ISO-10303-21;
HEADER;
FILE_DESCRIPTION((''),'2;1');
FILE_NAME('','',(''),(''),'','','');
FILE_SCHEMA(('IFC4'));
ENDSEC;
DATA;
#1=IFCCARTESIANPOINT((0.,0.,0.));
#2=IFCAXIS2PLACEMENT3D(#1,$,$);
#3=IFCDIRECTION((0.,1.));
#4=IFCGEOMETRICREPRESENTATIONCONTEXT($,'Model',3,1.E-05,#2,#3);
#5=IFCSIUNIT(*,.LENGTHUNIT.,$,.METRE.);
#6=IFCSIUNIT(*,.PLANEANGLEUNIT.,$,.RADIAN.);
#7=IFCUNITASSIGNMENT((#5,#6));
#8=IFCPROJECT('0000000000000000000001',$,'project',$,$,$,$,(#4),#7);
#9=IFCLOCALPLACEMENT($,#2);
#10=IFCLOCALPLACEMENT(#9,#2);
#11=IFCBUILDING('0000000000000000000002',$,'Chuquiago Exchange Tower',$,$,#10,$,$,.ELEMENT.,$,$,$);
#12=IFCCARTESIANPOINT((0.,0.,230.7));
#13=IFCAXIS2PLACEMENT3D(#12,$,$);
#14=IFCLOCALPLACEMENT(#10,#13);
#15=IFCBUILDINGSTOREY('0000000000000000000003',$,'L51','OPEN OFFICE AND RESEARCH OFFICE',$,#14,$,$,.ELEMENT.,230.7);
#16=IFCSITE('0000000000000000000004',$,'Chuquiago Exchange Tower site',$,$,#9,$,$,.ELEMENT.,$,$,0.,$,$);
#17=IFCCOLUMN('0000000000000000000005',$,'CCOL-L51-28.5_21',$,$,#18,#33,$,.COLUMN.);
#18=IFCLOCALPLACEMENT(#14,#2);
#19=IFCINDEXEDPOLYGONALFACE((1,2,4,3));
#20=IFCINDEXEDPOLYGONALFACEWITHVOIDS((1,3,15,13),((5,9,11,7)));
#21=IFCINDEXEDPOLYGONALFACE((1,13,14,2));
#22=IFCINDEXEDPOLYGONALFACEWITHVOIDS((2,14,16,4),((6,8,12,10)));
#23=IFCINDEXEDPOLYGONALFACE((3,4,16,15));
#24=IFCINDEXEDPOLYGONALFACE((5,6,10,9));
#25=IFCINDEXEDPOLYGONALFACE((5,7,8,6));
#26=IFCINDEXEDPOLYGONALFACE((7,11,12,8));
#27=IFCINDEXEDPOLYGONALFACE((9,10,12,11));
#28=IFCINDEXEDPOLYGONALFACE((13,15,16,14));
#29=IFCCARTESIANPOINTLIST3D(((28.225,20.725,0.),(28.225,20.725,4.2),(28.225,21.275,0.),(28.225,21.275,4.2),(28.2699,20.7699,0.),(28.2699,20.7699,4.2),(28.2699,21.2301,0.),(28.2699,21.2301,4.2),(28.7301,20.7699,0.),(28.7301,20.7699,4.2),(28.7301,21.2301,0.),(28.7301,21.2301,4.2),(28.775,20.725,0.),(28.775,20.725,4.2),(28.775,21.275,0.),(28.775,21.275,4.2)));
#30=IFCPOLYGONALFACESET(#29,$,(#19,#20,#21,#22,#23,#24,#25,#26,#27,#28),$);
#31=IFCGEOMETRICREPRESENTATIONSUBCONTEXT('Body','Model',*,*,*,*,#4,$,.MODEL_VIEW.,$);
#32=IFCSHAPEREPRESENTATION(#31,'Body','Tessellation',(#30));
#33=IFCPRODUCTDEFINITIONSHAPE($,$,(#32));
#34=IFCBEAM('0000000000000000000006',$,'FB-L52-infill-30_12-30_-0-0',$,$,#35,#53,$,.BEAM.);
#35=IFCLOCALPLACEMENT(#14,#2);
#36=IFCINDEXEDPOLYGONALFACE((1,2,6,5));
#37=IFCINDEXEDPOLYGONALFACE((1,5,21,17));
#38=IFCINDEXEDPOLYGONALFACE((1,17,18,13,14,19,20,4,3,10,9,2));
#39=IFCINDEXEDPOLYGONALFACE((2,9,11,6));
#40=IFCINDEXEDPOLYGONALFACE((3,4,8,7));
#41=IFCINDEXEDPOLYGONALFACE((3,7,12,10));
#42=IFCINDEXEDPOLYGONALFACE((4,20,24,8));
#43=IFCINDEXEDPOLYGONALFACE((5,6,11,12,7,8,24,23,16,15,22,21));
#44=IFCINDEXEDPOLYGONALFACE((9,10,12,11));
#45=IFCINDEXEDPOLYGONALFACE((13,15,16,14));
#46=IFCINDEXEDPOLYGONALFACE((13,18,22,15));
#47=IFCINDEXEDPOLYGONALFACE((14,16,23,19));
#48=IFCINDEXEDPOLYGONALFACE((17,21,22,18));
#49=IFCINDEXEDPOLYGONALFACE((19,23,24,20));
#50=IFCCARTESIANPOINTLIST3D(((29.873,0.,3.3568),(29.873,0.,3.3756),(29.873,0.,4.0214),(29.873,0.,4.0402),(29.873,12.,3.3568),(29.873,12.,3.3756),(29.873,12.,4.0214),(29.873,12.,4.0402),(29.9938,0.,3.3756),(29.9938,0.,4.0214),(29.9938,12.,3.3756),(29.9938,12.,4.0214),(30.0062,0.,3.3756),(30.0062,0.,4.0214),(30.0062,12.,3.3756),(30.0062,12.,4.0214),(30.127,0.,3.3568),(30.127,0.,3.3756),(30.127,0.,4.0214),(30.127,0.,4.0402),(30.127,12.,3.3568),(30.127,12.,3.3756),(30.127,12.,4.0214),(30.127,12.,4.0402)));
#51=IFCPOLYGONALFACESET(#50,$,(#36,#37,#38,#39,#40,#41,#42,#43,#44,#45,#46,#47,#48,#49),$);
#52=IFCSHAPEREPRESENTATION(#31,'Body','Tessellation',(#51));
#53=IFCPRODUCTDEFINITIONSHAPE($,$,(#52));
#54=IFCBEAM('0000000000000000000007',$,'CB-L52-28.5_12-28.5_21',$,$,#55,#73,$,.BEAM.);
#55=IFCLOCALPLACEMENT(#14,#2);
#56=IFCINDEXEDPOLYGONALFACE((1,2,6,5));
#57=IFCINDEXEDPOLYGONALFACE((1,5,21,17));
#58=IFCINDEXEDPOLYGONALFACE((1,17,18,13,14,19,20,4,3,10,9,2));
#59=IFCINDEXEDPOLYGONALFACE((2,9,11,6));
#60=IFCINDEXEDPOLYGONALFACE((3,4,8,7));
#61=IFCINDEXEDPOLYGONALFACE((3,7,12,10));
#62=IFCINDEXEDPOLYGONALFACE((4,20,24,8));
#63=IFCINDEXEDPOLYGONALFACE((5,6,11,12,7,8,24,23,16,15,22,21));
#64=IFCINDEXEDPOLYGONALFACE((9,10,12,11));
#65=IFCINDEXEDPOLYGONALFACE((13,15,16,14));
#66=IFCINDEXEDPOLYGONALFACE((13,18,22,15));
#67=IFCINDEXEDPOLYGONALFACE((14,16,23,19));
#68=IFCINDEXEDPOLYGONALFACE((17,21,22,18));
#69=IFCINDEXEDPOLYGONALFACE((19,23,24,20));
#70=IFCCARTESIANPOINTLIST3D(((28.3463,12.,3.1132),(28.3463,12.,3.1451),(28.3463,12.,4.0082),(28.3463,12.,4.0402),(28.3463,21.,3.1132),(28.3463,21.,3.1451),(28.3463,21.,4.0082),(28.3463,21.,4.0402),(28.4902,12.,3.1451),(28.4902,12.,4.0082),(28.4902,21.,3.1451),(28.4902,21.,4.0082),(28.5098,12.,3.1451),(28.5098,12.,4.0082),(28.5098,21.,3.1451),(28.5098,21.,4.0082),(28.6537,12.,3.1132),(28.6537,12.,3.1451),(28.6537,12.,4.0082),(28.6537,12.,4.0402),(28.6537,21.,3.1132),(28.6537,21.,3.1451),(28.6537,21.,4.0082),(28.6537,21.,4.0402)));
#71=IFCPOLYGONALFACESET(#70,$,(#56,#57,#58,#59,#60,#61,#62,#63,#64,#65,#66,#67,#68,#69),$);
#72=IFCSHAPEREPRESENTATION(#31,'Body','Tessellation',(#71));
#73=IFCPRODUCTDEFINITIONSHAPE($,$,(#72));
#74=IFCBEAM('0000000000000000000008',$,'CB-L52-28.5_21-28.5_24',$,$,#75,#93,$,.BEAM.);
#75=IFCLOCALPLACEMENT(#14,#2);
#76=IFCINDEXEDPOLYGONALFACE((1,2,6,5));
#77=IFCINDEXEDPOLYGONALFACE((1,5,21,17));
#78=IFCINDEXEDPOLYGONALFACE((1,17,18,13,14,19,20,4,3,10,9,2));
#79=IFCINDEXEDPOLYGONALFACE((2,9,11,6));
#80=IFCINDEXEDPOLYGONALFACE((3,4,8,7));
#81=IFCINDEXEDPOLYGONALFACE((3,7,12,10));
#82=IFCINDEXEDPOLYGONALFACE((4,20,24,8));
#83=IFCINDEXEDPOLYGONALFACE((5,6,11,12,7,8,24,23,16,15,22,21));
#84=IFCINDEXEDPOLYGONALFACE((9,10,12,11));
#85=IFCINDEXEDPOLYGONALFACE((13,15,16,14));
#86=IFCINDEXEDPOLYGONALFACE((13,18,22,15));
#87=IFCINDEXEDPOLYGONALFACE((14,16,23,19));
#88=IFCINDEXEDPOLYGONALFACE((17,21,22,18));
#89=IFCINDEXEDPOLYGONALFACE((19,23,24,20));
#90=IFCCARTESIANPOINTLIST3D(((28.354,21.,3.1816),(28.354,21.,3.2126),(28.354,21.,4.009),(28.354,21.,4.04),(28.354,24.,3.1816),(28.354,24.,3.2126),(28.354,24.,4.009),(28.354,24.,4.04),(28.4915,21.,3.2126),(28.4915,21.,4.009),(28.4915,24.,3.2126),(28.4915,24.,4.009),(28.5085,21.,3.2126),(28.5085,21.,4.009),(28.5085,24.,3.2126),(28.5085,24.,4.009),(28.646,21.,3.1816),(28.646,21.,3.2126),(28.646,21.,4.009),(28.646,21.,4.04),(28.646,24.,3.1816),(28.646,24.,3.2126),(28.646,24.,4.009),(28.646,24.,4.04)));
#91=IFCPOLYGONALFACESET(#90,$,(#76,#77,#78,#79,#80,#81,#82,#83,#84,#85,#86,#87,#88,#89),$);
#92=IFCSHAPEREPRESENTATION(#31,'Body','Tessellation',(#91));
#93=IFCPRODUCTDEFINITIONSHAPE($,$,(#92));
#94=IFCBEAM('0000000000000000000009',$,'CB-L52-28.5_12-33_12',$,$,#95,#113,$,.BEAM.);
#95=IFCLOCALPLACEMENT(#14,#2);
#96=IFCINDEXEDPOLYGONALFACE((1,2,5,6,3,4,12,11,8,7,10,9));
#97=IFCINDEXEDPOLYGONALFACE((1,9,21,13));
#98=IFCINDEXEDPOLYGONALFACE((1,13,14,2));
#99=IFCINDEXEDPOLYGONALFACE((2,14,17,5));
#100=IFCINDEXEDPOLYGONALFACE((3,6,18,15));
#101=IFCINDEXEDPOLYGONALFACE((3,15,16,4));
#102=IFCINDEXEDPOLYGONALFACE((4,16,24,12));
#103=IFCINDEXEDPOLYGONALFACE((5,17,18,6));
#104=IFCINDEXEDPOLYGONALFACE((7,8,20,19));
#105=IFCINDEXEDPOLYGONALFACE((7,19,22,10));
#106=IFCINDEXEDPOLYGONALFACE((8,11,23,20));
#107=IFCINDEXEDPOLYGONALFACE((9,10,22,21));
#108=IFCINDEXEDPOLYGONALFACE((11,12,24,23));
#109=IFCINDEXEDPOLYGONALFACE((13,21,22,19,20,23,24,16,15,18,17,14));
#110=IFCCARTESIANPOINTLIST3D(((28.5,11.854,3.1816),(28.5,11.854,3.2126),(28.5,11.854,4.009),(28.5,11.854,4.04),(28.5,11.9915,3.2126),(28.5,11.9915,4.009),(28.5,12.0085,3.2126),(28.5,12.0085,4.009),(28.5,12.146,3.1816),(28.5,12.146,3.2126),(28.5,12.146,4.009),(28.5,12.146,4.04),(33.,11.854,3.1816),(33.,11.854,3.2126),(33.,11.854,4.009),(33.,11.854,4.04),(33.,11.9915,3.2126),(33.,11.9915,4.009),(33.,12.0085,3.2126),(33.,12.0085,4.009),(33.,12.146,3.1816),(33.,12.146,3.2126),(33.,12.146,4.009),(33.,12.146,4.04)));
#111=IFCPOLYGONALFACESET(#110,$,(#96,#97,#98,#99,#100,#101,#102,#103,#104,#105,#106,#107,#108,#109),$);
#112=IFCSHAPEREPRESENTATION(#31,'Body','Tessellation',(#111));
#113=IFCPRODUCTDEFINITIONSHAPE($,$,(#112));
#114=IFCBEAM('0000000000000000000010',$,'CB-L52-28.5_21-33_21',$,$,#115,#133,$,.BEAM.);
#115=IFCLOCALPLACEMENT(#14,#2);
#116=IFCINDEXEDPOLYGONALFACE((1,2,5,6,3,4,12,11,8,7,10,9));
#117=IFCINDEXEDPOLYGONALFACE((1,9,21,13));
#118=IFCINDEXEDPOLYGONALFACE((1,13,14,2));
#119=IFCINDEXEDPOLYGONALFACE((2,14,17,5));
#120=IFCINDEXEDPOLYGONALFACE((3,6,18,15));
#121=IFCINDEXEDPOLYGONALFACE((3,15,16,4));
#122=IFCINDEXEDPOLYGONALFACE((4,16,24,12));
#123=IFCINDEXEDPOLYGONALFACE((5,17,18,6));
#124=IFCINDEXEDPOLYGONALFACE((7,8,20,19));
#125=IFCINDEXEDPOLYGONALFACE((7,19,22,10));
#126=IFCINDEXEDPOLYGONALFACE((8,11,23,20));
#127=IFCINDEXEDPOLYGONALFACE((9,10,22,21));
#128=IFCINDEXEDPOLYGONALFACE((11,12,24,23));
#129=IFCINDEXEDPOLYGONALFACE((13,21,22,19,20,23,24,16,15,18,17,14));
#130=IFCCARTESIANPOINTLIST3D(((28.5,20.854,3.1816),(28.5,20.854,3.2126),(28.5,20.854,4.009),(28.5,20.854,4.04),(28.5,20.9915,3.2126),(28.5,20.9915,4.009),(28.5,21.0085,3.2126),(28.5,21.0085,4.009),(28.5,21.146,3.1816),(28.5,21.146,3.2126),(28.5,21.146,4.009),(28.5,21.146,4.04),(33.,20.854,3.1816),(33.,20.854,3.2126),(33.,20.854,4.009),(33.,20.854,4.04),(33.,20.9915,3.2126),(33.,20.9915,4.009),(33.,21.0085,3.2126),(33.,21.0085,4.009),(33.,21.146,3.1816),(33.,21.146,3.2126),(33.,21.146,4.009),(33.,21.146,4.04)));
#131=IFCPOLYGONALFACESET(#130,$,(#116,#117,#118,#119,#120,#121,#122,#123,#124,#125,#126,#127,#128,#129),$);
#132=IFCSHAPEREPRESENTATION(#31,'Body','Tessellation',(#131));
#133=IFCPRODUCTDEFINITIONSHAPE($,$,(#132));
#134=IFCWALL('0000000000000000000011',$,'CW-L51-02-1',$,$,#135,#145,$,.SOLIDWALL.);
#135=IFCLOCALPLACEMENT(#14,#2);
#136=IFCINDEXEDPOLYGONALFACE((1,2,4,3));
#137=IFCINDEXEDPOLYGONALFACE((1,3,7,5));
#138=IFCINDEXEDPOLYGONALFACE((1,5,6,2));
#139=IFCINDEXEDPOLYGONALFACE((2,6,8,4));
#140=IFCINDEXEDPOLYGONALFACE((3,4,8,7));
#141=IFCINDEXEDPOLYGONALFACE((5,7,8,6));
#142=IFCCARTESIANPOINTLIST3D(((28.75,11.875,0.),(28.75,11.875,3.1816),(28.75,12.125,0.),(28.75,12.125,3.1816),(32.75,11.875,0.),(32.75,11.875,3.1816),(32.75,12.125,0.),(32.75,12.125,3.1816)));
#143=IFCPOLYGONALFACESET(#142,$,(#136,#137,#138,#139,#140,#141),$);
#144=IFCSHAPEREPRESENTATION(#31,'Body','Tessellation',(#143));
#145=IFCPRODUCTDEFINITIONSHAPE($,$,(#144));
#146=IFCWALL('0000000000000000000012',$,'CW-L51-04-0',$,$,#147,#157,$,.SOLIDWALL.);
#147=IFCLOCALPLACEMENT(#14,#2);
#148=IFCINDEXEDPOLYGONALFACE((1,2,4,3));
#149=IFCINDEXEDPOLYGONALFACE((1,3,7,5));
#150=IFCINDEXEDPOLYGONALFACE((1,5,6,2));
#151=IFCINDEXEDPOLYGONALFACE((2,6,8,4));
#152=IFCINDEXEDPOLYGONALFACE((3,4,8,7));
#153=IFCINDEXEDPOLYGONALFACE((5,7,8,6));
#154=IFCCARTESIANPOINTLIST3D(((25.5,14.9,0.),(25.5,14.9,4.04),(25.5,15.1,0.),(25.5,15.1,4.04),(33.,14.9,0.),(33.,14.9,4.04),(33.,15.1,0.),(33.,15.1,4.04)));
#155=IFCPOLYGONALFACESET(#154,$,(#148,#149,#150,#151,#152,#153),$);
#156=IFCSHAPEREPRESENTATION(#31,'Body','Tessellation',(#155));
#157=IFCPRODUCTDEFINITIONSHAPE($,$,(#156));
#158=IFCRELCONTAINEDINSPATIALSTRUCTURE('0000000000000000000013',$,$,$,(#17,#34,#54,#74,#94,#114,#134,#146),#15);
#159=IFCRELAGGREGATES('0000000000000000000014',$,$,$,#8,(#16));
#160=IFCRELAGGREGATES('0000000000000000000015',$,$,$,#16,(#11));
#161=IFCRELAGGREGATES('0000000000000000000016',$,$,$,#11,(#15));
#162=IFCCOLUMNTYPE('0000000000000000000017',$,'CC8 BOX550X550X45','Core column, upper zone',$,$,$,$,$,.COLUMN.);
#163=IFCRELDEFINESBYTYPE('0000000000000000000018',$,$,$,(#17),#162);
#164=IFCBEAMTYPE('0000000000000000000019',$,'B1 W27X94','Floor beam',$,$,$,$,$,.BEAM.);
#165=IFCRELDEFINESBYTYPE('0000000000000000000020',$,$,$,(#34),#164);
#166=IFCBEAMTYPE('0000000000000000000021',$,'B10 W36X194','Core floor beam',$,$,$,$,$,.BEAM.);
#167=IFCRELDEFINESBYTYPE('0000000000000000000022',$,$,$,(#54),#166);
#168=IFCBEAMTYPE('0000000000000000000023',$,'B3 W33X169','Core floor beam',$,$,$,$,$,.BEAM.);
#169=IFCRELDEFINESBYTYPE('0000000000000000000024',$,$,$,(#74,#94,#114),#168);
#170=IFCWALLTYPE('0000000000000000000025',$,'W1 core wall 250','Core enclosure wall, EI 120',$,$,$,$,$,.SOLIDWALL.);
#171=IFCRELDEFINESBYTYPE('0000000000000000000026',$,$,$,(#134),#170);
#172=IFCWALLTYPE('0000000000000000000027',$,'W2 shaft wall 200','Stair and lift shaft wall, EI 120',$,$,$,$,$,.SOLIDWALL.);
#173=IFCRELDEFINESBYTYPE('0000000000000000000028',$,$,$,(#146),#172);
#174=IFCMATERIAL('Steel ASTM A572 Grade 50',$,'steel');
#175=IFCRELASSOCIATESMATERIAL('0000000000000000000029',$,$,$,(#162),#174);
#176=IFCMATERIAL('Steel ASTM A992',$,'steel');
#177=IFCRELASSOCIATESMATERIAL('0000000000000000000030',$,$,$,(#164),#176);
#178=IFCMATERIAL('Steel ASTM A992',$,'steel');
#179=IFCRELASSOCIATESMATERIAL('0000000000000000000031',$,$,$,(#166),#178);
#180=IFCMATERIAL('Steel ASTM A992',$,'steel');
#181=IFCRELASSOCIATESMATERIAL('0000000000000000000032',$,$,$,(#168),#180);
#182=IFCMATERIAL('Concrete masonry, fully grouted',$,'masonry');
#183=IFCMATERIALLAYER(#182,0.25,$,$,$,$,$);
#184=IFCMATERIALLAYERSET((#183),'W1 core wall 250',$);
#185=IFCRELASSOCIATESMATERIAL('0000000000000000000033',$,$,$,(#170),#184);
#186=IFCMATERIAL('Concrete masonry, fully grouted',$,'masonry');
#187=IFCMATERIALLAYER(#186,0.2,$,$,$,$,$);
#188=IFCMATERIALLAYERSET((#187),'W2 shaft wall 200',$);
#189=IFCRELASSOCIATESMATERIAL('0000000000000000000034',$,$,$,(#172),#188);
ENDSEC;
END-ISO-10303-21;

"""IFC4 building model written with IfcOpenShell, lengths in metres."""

from ifc_helpers import new_model, si_unit, direction, frame, frame_2d, origin, origin_2d, place, context, subcontext, project, spatial, rectangle, hollow_rectangle, i_section, extrude, material, layer, layer_set, material_profile, profile_set, type_object, element, save


model = new_model("IFC4")

# Units and contexts
model_context = context("Model", 3, precision=1e-05, world=origin(), true_north=direction((0.0, 1.0)))
body_context = subcontext(model_context, "Body", "Model", "MODEL_VIEW")
ifc_project = project(units=[si_unit("LENGTHUNIT", "METRE"), si_unit("PLANEANGLEUNIT", "RADIAN")], contexts=[model_context])

# Site, building, storey
site_placement = place(None, origin())
site = spatial("IfcSite", under=ifc_project, at=site_placement, Name="Chuquiago Exchange Tower site", CompositionType="ELEMENT", RefElevation=0.0)
building_placement = place(site_placement, origin())
building = spatial("IfcBuilding", under=site, at=building_placement, Name="Chuquiago Exchange Tower", CompositionType="ELEMENT")
storey_placement = place(building_placement, frame((0.0, 0.0, 230.7)))
storey = spatial("IfcBuildingStorey", under=building, at=storey_placement, Name="L51", Description="OPEN OFFICE AND RESEARCH OFFICE", CompositionType="ELEMENT", Elevation=230.7)

# Column
ifc_material_1 = material(Name="Steel ASTM A572 Grade 50", Category="steel")
ifc_material_profile_1 = material_profile(ifc_material_1, hollow_rectangle(XDim=0.55, YDim=0.55, WallThickness=0.0449, at=origin_2d()), Name="BOX550X550X45")
ifc_profile_set_1 = profile_set([ifc_material_profile_1], Name="Steel ASTM A572 Grade 50")
column_type = type_object("IfcColumnType", Name="CC8 BOX550X550X45", Description="Core column, upper zone", PredefinedType="COLUMN", material=ifc_profile_set_1)
column_placement = place(storey_placement, frame((28.5, 21.0, 0.0), z_axis=(0.0, 0.0, 1.0), x_axis=(1.0, 0.0, 0.0)))
element("IfcColumn", 1, at=column_placement, inside=storey, type_object=column_type, Name="CCOL-L51-28.5_21", PredefinedType="COLUMN", context=body_context, shape_type="SweptSolid", body=[
    extrude(hollow_rectangle(XDim=0.55, YDim=0.55, WallThickness=0.0449, at=origin_2d()), origin(), (0.0, 0.0, 1.0), 4.2),
])

# Beams
ifc_material_2 = material(Name="Steel ASTM A992", Category="steel")
ifc_material_profile_2 = material_profile(ifc_material_2, i_section(OverallWidth=0.2539, OverallDepth=0.6833, WebThickness=0.0125, FlangeThickness=0.0188, at=origin_2d()), Name="W27X94")
ifc_profile_set_2 = profile_set([ifc_material_profile_2], Name="Steel ASTM A992")
beam_type_1 = type_object("IfcBeamType", Name="B1 W27X94", Description="Floor beam", PredefinedType="BEAM", material=ifc_profile_set_2)
beam_1_placement = place(storey_placement, frame((30.0, 12.0, 3.6985), z_axis=(0.0, -1.0, 0.0), x_axis=(1.0, 0.0, 0.0)))
element("IfcBeam", 2, at=beam_1_placement, inside=storey, type_object=beam_type_1, Name="FB-L52-infill-30_12-30_-0-0", PredefinedType="BEAM", context=body_context, shape_type="SweptSolid", body=[
    extrude(i_section(OverallWidth=0.2539, OverallDepth=0.6833, WebThickness=0.0125, FlangeThickness=0.0188, at=origin_2d()), origin(), (0.0, 0.0, 1.0), 12.0),
])
ifc_material_3 = material(Name="Steel ASTM A992", Category="steel")
ifc_material_profile_3 = material_profile(ifc_material_3, i_section(OverallWidth=0.3074, OverallDepth=0.927, WebThickness=0.0195, FlangeThickness=0.032, at=origin_2d()), Name="W36X194")
ifc_profile_set_3 = profile_set([ifc_material_profile_3], Name="Steel ASTM A992")
beam_type_2 = type_object("IfcBeamType", Name="B10 W36X194", Description="Core floor beam", PredefinedType="BEAM", material=ifc_profile_set_3)
beam_2_placement = place(storey_placement, frame((28.5, 12.0, 3.5767), z_axis=(0.0, 1.0, 0.0), x_axis=(-1.0, 0.0, 0.0)))
element("IfcBeam", 3, at=beam_2_placement, inside=storey, type_object=beam_type_2, Name="CB-L52-28.5_12-28.5_21", PredefinedType="BEAM", context=body_context, shape_type="SweptSolid", body=[
    extrude(i_section(OverallWidth=0.3074, OverallDepth=0.927, WebThickness=0.0195, FlangeThickness=0.032, at=origin_2d()), origin(), (0.0, 0.0, 1.0), 9.0),
])
ifc_material_4 = material(Name="Steel ASTM A992", Category="steel")
ifc_material_profile_4 = material_profile(ifc_material_4, i_section(OverallWidth=0.292, OverallDepth=0.8584, WebThickness=0.0171, FlangeThickness=0.031, at=origin_2d()), Name="W33X169")
ifc_profile_set_4 = profile_set([ifc_material_profile_4], Name="Steel ASTM A992")
beam_type_3 = type_object("IfcBeamType", Name="B3 W33X169", Description="Core floor beam", PredefinedType="BEAM", material=ifc_profile_set_4)
beam_3_placement = place(storey_placement, frame((28.5, 21.0, 3.6108), z_axis=(0.0, 1.0, 0.0), x_axis=(-1.0, 0.0, 0.0)))
element("IfcBeam", 4, at=beam_3_placement, inside=storey, type_object=beam_type_3, Name="CB-L52-28.5_21-28.5_24", PredefinedType="BEAM", context=body_context, shape_type="SweptSolid", body=[
    extrude(i_section(OverallWidth=0.292, OverallDepth=0.8584, WebThickness=0.0171, FlangeThickness=0.031, at=origin_2d()), origin(), (0.0, 0.0, 1.0), 3.0),
])
for number, where, z_axis, x_axis, name in (
    (5, (28.5, 12.0, 3.6108), (1.0, 0.0, 0.0), (0.0, 1.0, 0.0), "CB-L52-28.5_12-33_12"),
    (6, (28.5, 21.0, 3.6108), (1.0, 0.0, 0.0), (0.0, 1.0, 0.0), "CB-L52-28.5_21-33_21"),
):
    element("IfcBeam", number, at=place(storey_placement, frame(where, z_axis=z_axis, x_axis=x_axis)), inside=storey, type_object=beam_type_3, Name=name, PredefinedType="BEAM", context=body_context, shape_type="SweptSolid", body=[
        extrude(i_section(OverallWidth=0.292, OverallDepth=0.8584, WebThickness=0.0171, FlangeThickness=0.031, at=origin_2d()), origin(), (0.0, 0.0, 1.0), 4.5),
    ])

# Walls
ifc_material_5 = material(Name="Concrete masonry, fully grouted", Category="masonry")
ifc_layer_1 = layer(ifc_material_5, 0.25)
ifc_layer_set_1 = layer_set([ifc_layer_1], Name="W1 core wall 250")
wall_type_1 = type_object("IfcWallType", Name="W1 core wall 250", Description="Core enclosure wall, EI 120", PredefinedType="SOLIDWALL", material=ifc_layer_set_1)
wall_1_placement = place(storey_placement, frame((28.75, 12.0, 0.0), z_axis=(0.0, 0.0, 1.0), x_axis=(1.0, 0.0, 0.0)))
element("IfcWall", 7, at=wall_1_placement, inside=storey, type_object=wall_type_1, Name="CW-L51-02-1", PredefinedType="SOLIDWALL", context=body_context, shape_type="SweptSolid", body=[
    extrude(rectangle(XDim=4.0, YDim=0.25, at=frame_2d((2.0, 0.0))), origin(), (0.0, 0.0, 1.0), 3.1816),
])
ifc_material_6 = material(Name="Concrete masonry, fully grouted", Category="masonry")
ifc_layer_2 = layer(ifc_material_6, 0.2)
ifc_layer_set_2 = layer_set([ifc_layer_2], Name="W2 shaft wall 200")
wall_type_2 = type_object("IfcWallType", Name="W2 shaft wall 200", Description="Stair and lift shaft wall, EI 120", PredefinedType="SOLIDWALL", material=ifc_layer_set_2)
wall_2_placement = place(storey_placement, frame((25.5, 15.0, 0.0), z_axis=(0.0, 0.0, 1.0), x_axis=(1.0, 0.0, 0.0)))
element("IfcWall", 8, at=wall_2_placement, inside=storey, type_object=wall_type_2, Name="CW-L51-04-0", PredefinedType="SOLIDWALL", context=body_context, shape_type="SweptSolid", body=[
    extrude(rectangle(XDim=7.5, YDim=0.2, at=frame_2d((3.75, 0.0))), origin(), (0.0, 0.0, 1.0), 4.04),
])

save(model, "model.ifc")
